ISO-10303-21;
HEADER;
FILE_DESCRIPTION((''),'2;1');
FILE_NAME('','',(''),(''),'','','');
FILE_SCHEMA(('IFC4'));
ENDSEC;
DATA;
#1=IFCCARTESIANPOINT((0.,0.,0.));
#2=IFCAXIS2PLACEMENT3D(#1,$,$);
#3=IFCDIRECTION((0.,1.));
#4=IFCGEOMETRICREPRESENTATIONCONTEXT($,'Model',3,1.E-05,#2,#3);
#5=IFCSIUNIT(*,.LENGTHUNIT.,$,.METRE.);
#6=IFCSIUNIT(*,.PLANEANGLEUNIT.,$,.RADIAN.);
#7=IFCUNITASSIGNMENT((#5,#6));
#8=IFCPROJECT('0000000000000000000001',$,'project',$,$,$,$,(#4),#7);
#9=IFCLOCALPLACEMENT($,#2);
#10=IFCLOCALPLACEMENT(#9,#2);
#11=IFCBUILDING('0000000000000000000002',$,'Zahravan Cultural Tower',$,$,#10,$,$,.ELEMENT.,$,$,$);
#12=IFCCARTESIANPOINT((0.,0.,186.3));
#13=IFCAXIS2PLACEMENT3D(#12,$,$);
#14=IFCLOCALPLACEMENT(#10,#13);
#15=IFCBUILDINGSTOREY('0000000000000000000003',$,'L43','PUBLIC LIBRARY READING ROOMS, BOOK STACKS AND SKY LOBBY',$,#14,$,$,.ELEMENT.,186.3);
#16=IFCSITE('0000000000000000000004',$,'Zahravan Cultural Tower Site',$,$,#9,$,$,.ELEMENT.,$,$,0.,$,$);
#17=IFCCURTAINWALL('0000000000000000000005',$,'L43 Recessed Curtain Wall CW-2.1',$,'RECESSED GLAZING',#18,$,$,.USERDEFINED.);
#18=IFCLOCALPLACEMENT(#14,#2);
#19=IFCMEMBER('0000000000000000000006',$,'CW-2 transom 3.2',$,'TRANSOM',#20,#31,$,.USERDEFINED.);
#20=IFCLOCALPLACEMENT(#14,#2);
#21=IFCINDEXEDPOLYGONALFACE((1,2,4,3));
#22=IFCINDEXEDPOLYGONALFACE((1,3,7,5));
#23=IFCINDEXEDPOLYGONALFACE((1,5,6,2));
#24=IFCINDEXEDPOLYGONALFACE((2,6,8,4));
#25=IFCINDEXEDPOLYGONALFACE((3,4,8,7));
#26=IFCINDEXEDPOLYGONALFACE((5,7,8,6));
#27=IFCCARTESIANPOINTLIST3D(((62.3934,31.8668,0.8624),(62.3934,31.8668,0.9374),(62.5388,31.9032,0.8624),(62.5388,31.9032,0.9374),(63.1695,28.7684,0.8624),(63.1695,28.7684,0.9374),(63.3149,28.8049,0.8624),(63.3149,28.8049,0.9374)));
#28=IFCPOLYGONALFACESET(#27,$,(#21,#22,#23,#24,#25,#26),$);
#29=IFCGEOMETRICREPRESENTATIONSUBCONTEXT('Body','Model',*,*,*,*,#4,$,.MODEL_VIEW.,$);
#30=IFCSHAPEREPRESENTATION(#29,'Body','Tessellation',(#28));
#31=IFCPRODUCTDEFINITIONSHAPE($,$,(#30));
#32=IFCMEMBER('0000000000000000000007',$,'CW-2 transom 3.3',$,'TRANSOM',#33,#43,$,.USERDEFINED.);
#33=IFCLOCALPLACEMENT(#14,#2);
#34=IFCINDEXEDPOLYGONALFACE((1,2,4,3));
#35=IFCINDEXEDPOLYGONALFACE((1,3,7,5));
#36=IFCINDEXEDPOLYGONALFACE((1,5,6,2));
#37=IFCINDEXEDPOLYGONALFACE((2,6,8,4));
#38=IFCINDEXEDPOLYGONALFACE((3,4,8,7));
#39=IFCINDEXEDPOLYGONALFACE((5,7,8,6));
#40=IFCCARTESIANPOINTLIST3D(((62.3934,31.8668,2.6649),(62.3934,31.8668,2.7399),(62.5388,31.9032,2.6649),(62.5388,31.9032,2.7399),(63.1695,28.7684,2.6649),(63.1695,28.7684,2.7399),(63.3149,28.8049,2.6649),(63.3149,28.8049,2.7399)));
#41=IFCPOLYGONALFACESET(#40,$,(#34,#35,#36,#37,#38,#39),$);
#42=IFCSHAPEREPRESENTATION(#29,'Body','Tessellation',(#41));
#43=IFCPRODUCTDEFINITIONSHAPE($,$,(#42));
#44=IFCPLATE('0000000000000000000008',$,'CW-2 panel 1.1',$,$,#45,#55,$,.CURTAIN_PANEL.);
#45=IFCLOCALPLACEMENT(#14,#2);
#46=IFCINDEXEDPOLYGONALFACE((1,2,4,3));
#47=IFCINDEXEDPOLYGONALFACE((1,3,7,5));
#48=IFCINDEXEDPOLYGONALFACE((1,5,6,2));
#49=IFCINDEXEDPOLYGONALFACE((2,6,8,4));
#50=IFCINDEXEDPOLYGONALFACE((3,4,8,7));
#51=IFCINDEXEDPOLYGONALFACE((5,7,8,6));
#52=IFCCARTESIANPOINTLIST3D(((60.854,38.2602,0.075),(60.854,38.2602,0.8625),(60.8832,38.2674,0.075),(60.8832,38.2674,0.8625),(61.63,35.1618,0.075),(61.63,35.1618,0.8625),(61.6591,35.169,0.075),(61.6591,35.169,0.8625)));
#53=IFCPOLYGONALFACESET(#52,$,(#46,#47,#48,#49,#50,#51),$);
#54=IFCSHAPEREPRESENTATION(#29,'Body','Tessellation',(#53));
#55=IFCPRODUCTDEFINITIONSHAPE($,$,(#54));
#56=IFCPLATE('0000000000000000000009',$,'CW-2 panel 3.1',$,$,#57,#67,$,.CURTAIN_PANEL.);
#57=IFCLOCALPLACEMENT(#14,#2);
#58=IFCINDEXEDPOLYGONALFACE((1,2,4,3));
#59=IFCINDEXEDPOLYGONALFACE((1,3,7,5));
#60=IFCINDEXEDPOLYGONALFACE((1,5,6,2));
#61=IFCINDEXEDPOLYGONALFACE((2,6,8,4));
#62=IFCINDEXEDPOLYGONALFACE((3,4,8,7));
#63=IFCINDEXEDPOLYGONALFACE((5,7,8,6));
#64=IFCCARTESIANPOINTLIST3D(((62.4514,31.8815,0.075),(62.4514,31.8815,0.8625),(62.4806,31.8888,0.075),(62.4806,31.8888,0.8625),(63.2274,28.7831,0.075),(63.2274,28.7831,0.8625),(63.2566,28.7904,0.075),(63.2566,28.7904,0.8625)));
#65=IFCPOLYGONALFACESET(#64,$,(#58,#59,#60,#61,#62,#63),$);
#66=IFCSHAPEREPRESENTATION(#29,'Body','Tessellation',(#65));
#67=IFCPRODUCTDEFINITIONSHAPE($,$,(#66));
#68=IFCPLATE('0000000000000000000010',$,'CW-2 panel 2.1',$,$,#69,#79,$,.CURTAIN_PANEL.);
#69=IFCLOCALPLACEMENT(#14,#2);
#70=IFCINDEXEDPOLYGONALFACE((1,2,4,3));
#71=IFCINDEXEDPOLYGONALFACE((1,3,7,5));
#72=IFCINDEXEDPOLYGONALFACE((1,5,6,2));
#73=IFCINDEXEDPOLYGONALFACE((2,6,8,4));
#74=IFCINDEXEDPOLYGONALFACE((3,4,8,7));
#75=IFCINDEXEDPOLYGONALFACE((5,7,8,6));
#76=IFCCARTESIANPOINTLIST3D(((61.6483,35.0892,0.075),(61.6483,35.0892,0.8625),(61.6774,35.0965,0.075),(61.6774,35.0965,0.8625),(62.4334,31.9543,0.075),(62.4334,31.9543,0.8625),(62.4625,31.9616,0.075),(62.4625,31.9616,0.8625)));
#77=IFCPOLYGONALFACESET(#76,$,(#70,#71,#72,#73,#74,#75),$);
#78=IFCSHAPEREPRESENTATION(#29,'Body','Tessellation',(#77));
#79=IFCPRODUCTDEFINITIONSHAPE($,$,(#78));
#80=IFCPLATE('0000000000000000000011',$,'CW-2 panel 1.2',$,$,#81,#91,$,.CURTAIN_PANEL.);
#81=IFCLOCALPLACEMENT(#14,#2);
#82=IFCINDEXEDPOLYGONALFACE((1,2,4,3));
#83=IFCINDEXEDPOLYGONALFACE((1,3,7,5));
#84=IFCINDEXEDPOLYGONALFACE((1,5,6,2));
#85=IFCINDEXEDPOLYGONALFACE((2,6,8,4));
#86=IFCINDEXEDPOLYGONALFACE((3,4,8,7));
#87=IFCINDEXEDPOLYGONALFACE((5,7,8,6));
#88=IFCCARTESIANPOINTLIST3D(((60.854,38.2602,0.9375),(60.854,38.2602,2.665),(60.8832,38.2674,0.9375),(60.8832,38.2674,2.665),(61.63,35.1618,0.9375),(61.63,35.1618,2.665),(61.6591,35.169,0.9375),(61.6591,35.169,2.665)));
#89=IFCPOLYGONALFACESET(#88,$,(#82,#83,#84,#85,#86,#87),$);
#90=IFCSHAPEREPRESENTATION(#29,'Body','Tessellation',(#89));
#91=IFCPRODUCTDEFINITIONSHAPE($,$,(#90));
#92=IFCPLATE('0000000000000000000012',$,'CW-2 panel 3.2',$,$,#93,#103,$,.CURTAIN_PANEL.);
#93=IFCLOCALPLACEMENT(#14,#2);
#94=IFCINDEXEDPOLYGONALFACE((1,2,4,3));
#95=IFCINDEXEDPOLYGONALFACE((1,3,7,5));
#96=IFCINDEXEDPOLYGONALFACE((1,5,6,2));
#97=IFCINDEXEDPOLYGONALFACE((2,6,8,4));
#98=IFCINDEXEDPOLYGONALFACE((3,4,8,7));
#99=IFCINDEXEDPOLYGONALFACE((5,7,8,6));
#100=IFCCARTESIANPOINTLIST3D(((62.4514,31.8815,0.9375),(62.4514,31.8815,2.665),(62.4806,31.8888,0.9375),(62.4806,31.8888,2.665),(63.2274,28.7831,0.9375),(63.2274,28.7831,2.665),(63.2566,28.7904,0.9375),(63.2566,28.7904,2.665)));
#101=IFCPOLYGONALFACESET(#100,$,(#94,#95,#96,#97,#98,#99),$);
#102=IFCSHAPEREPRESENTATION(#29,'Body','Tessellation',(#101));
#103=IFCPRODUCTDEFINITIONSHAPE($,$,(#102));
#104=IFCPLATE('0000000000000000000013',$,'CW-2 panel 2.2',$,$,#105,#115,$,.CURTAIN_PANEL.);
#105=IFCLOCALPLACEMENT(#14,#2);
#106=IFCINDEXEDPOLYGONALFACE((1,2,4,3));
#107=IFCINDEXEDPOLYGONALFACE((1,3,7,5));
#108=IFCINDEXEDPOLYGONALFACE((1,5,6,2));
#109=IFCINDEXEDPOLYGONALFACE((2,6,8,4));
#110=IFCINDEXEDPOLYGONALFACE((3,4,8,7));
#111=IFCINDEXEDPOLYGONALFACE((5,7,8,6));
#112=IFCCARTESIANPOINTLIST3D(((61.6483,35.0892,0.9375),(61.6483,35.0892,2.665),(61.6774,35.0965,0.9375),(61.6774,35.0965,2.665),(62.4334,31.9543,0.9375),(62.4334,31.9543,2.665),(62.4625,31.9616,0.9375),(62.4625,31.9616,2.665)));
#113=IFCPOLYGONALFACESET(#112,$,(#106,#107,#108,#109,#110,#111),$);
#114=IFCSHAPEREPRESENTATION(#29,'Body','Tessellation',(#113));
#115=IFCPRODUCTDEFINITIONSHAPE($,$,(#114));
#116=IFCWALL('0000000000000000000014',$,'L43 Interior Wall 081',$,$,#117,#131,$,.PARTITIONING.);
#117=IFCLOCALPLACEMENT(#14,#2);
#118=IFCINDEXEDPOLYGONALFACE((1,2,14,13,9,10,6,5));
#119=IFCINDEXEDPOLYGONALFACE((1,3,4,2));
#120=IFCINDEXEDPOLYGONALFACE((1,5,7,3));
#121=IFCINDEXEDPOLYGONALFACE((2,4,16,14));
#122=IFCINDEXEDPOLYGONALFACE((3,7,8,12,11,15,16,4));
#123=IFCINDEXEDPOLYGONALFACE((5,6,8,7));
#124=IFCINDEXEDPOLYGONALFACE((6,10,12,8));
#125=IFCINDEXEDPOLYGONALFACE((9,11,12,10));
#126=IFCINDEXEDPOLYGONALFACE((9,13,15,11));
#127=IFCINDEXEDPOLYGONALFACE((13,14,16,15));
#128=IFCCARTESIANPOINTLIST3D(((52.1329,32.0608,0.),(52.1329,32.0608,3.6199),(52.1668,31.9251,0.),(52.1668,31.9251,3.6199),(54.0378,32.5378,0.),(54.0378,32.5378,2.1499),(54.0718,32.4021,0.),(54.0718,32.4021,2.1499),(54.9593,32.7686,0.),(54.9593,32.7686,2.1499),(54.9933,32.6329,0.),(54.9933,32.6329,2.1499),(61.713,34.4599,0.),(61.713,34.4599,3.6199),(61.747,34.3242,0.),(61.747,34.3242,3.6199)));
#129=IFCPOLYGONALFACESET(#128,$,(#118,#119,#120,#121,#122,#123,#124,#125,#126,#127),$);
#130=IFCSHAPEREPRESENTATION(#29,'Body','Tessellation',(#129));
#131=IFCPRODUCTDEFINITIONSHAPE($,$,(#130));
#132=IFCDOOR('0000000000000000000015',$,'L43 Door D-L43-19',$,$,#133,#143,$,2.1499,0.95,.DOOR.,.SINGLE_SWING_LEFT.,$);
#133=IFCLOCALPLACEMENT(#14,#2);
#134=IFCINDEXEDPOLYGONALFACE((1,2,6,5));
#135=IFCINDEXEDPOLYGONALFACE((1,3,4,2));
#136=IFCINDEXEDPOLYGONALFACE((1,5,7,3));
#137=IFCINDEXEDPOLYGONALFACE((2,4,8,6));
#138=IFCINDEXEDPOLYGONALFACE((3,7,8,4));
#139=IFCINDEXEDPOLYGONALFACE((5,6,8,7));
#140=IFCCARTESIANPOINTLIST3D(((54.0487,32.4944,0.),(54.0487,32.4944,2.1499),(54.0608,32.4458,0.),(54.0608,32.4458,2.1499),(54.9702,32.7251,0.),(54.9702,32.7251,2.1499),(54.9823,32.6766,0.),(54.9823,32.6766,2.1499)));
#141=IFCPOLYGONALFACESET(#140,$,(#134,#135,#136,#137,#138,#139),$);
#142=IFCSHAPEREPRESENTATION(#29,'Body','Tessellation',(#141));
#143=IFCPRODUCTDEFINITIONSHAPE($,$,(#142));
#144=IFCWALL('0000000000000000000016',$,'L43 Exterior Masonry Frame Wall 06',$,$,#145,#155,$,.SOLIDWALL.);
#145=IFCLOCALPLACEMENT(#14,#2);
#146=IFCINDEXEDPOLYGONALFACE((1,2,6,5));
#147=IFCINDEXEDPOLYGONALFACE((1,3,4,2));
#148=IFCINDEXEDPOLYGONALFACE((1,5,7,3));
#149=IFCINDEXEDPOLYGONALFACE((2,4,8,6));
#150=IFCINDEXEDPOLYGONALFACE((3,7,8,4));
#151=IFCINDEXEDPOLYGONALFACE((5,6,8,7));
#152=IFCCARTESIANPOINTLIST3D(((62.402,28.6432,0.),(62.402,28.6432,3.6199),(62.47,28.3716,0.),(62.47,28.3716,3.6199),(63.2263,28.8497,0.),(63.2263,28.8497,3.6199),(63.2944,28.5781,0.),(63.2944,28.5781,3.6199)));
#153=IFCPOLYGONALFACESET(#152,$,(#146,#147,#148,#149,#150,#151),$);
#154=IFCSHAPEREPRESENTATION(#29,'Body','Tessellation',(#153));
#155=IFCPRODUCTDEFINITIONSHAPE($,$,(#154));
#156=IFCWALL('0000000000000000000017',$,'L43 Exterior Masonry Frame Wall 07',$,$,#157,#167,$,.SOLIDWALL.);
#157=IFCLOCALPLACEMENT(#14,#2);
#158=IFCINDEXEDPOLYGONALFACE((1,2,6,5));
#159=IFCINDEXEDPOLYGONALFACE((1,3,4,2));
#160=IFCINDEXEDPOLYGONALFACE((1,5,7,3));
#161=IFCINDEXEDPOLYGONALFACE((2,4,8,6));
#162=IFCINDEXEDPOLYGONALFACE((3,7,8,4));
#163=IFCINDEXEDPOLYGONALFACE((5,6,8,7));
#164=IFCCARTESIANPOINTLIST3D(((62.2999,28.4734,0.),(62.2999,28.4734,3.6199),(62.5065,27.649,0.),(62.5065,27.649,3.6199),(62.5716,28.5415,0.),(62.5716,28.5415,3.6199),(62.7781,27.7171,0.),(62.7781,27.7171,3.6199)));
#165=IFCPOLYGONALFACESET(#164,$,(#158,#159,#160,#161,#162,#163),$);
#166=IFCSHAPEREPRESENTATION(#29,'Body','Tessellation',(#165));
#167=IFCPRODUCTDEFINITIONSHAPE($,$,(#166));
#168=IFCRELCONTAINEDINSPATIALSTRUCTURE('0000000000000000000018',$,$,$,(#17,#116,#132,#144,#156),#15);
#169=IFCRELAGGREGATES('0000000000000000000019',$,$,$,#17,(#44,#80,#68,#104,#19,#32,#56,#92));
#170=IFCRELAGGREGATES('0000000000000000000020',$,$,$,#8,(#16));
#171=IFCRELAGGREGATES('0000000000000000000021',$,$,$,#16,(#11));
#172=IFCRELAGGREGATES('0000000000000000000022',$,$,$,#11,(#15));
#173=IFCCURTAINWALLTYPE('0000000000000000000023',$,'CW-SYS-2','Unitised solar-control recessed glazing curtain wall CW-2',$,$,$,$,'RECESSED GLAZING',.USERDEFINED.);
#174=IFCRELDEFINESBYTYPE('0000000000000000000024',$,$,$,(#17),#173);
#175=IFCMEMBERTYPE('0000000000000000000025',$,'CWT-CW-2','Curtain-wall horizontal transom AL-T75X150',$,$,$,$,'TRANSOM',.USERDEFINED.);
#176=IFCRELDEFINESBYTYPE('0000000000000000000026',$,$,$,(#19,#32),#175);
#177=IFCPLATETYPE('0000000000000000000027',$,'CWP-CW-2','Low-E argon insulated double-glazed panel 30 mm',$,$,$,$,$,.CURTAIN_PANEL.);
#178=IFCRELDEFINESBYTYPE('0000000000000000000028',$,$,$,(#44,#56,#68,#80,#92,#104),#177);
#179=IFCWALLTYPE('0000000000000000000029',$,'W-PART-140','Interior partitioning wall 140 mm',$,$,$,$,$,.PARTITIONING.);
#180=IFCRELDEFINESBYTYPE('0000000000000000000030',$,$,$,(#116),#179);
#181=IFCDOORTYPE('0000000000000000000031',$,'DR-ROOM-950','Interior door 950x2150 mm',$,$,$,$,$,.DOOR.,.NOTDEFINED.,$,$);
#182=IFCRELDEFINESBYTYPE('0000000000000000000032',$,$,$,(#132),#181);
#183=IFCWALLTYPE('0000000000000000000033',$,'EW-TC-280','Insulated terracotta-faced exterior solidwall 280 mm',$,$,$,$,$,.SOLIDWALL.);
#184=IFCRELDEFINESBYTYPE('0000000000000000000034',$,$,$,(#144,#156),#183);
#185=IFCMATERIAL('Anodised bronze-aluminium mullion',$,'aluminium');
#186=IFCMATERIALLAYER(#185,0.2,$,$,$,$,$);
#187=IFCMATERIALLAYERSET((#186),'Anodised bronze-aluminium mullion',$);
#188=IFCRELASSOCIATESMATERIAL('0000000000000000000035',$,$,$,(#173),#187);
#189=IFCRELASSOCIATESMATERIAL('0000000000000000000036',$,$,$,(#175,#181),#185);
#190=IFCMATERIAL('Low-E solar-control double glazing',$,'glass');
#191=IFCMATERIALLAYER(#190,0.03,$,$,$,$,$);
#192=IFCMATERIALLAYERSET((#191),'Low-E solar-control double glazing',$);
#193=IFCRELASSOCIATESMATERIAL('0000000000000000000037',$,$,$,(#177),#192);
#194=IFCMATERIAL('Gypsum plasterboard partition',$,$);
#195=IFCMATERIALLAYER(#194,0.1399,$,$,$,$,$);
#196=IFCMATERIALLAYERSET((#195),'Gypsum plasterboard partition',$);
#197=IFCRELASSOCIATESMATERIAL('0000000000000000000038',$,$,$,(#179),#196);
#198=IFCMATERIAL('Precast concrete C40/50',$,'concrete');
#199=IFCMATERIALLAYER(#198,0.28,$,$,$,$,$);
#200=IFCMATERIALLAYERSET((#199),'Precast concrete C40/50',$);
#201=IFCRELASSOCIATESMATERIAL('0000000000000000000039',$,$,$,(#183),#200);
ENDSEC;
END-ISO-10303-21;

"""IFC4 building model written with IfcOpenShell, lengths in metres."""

from ifc_helpers import new_model, si_unit, direction, frame, frame_2d, origin, origin_2d, place, context, subcontext, project, spatial, rectangle, extrude, source, transform, mapped, material, layer, layer_set, material_profile, profile_set, type_object, element, fill, aggregate, save


model = new_model("IFC4")

# Units and contexts
model_context = context("Model", 3, precision=1e-05, world=origin(), true_north=direction((0.0, 1.0)))
body_context = subcontext(model_context, "Body", "Model", "MODEL_VIEW")
ifc_project = project(units=[si_unit("LENGTHUNIT", "METRE"), si_unit("PLANEANGLEUNIT", "RADIAN")], contexts=[model_context])

# Site, building, storey
site_placement = place(None, origin())
site = spatial("IfcSite", under=ifc_project, at=site_placement, Name="Zahravan Cultural Tower Site", CompositionType="ELEMENT", RefElevation=0.0)
building_placement = place(site_placement, origin())
building = spatial("IfcBuilding", under=site, at=building_placement, Name="Zahravan Cultural Tower", CompositionType="ELEMENT")
storey_placement = place(building_placement, frame((0.0, 0.0, 186.3)))
storey = spatial("IfcBuildingStorey", under=building, at=storey_placement, Name="L43", Description="PUBLIC LIBRARY READING ROOMS, BOOK STACKS AND SKY LOBBY", CompositionType="ELEMENT", Elevation=186.3)

# Curtain wall, members, plates
ifc_material_1 = material(Name="Anodised bronze-aluminium mullion", Category="aluminium")
ifc_layer_1 = layer(ifc_material_1, 0.2)
ifc_layer_set_1 = layer_set([ifc_layer_1], Name="Anodised bronze-aluminium mullion")
curtain_wall_type = type_object("IfcCurtainWallType", Name="CW-SYS-2", Description="Unitised solar-control recessed glazing curtain wall CW-2", ElementType="RECESSED GLAZING", PredefinedType="USERDEFINED", material=ifc_layer_set_1)
curtain_wall_placement = place(storey_placement, origin())
curtain_wall = element("IfcCurtainWall", 1, at=curtain_wall_placement, inside=storey, type_object=curtain_wall_type, Name="L43 Recessed Curtain Wall CW-2.1", ObjectType="RECESSED GLAZING", PredefinedType="USERDEFINED")
ifc_material_profile_1 = material_profile(ifc_material_1, rectangle(XDim=0.1499, YDim=0.075, at=origin_2d()), Name="AL-T75X150")
ifc_profile_set_1 = profile_set([ifc_material_profile_1], Name="Anodised bronze-aluminium mullion")
member_type_1 = type_object("IfcMemberType", Name="CWT-CW-2", Description="Curtain-wall horizontal transom AL-T75X150", ElementType="TRANSOM", PredefinedType="USERDEFINED", material=ifc_profile_set_1)
shared_shape_1 = source(origin(), body_context, "Body", "SweptSolid", [
    extrude(rectangle(XDim=0.1499, YDim=0.075, at=origin_2d()), origin(), (0.0, 0.0, 1.0), 3.1941),
])
member_1_placement = place(storey_placement, frame((62.4661, 31.885, 0.8999), z_axis=(0.242985, -0.97003, 0.0), x_axis=(0.97003, 0.242985, 0.0)))
member_1 = element("IfcMember", 2, at=member_1_placement, type_object=member_type_1, Name="CW-2 transom 3.2", ObjectType="TRANSOM", PredefinedType="USERDEFINED", context=body_context, shape_type="MappedRepresentation", body=[
    mapped(shared_shape_1, transform((0.0, 0.0, 0.0), x_axis=(1.0, 0.0, 0.0), y_axis=(0.0, 1.0, 0.0), z_axis=(0.0, 0.0, 1.0), scale=1.0)),
])
member_2_placement = place(storey_placement, frame((62.4661, 31.885, 2.7024), z_axis=(0.242985, -0.97003, 0.0), x_axis=(0.97003, 0.242985, 0.0)))
member_2 = element("IfcMember", 3, at=member_2_placement, type_object=member_type_1, Name="CW-2 transom 3.3", ObjectType="TRANSOM", PredefinedType="USERDEFINED", context=body_context, shape_type="MappedRepresentation", body=[
    mapped(shared_shape_1, transform((0.0, 0.0, 0.0), x_axis=(1.0, 0.0, 0.0), y_axis=(0.0, 1.0, 0.0), z_axis=(0.0, 0.0, 1.0), scale=1.0)),
])
ifc_material_2 = material(Name="Low-E solar-control double glazing", Category="glass")
ifc_layer_2 = layer(ifc_material_2, 0.03)
ifc_layer_set_2 = layer_set([ifc_layer_2], Name="Low-E solar-control double glazing")
plate_type = type_object("IfcPlateType", Name="CWP-CW-2", Description="Low-E argon insulated double-glazed panel 30 mm", PredefinedType="CURTAIN_PANEL", material=ifc_layer_set_2)
shared_shape_2 = source(origin(), body_context, "Body", "SweptSolid", [
    extrude(rectangle(XDim=3.1941, YDim=0.03, at=origin_2d()), origin(), (0.0, 0.0, 1.0), 0.7876),
])
plate_1_placement = place(storey_placement, frame((61.2566, 36.7146, 0.075), z_axis=(0.0, 0.0, 1.0), x_axis=(0.242944, -0.97004, 0.0)))
plate_1 = element("IfcPlate", 4, at=plate_1_placement, type_object=plate_type, Name="CW-2 panel 1.1", PredefinedType="CURTAIN_PANEL", context=body_context, shape_type="MappedRepresentation", body=[
    mapped(shared_shape_2, transform((0.0, 0.0, 0.0), x_axis=(1.0, 0.0, 0.0), y_axis=(0.0, 1.0, 0.0), z_axis=(0.0, 0.0, 1.0), scale=1.0)),
])
plate_2_placement = place(storey_placement, frame((62.854, 30.3359, 0.075), z_axis=(0.0, 0.0, 1.0), x_axis=(0.242944, -0.97004, 0.0)))
plate_2 = element("IfcPlate", 5, at=plate_2_placement, type_object=plate_type, Name="CW-2 panel 3.1", PredefinedType="CURTAIN_PANEL", context=body_context, shape_type="MappedRepresentation", body=[
    mapped(shared_shape_2, transform((0.0, 0.0, 0.0), x_axis=(1.0, 0.0, 0.0), y_axis=(0.0, 1.0, 0.0), z_axis=(0.0, 0.0, 1.0), scale=1.0)),
])
shared_shape_3 = source(origin(), body_context, "Body", "SweptSolid", [
    extrude(rectangle(XDim=3.2317, YDim=0.03, at=origin_2d()), origin(), (0.0, 0.0, 1.0), 0.7876),
])
plate_3_placement = place(storey_placement, frame((62.0554, 33.5254, 0.075), z_axis=(0.0, 0.0, 1.0), x_axis=(0.242944, -0.97004, 0.0)))
plate_3 = element("IfcPlate", 6, at=plate_3_placement, type_object=plate_type, Name="CW-2 panel 2.1", PredefinedType="CURTAIN_PANEL", context=body_context, shape_type="MappedRepresentation", body=[
    mapped(shared_shape_3, transform((0.0, 0.0, 0.0), x_axis=(1.0, 0.0, 0.0), y_axis=(0.0, 1.0, 0.0), z_axis=(0.0, 0.0, 1.0), scale=1.0)),
])
shared_shape_4 = source(origin(), body_context, "Body", "SweptSolid", [
    extrude(rectangle(XDim=3.1941, YDim=0.03, at=origin_2d()), origin(), (0.0, 0.0, 1.0), 1.7275),
])
plate_4_placement = place(storey_placement, frame((61.2566, 36.7146, 0.9375), z_axis=(0.0, 0.0, 1.0), x_axis=(0.242944, -0.97004, 0.0)))
plate_4 = element("IfcPlate", 7, at=plate_4_placement, type_object=plate_type, Name="CW-2 panel 1.2", PredefinedType="CURTAIN_PANEL", context=body_context, shape_type="MappedRepresentation", body=[
    mapped(shared_shape_4, transform((0.0, 0.0, 0.0), x_axis=(1.0, 0.0, 0.0), y_axis=(0.0, 1.0, 0.0), z_axis=(0.0, 0.0, 1.0), scale=1.0)),
])
plate_5_placement = place(storey_placement, frame((62.854, 30.3359, 0.9375), z_axis=(0.0, 0.0, 1.0), x_axis=(0.242944, -0.97004, 0.0)))
plate_5 = element("IfcPlate", 8, at=plate_5_placement, type_object=plate_type, Name="CW-2 panel 3.2", PredefinedType="CURTAIN_PANEL", context=body_context, shape_type="MappedRepresentation", body=[
    mapped(shared_shape_4, transform((0.0, 0.0, 0.0), x_axis=(1.0, 0.0, 0.0), y_axis=(0.0, 1.0, 0.0), z_axis=(0.0, 0.0, 1.0), scale=1.0)),
])
shared_shape_5 = source(origin(), body_context, "Body", "SweptSolid", [
    extrude(rectangle(XDim=3.2317, YDim=0.03, at=origin_2d()), origin(), (0.0, 0.0, 1.0), 1.7275),
])
plate_6_placement = place(storey_placement, frame((62.0554, 33.5254, 0.9375), z_axis=(0.0, 0.0, 1.0), x_axis=(0.242944, -0.97004, 0.0)))
plate_6 = element("IfcPlate", 9, at=plate_6_placement, type_object=plate_type, Name="CW-2 panel 2.2", PredefinedType="CURTAIN_PANEL", context=body_context, shape_type="MappedRepresentation", body=[
    mapped(shared_shape_5, transform((0.0, 0.0, 0.0), x_axis=(1.0, 0.0, 0.0), y_axis=(0.0, 1.0, 0.0), z_axis=(0.0, 0.0, 1.0), scale=1.0)),
])
aggregate(curtain_wall, [plate_1, plate_4, plate_3, plate_6, member_1, member_2, plate_2, plate_5])

# Wall, opening, door
ifc_material_3 = material(Name="Gypsum plasterboard partition")
ifc_layer_3 = layer(ifc_material_3, 0.1399)
ifc_layer_set_3 = layer_set([ifc_layer_3], Name="Gypsum plasterboard partition")
wall_type_1 = type_object("IfcWallType", Name="W-PART-140", Description="Interior partitioning wall 140 mm", PredefinedType="PARTITIONING", material=ifc_layer_set_3)
wall_placement = place(storey_placement, frame((61.73, 34.3921, 0.0), z_axis=(0.0, 0.0, 1.0), x_axis=(-0.970044, -0.242931, 0.0)))
wall = element("IfcWall", 10, at=wall_placement, inside=storey, type_object=wall_type_1, Name="L43 Interior Wall 081", PredefinedType="PARTITIONING", context=body_context, shape_type="SweptSolid", body=[
    extrude(rectangle(XDim=9.876, YDim=0.1399, at=frame_2d((4.938, 0.0))), origin(), (0.0, 0.0, 1.0), 3.6199),
])
opening_placement = place(wall_placement, frame((6.9622, 0.0, 0.0)))
opening = element("IfcOpeningElement", 11, at=opening_placement, cuts=wall, PredefinedType="OPENING", context=body_context, shape_type="SweptSolid", body=[
    extrude(rectangle(XDim=0.95, YDim=2.1499, at=frame_2d((0.4751, 1.075))), frame((0.0, 0.0798, 0.0), z_axis=(0.0, -1.0, 0.0), x_axis=(1.0, 0.0, 0.0)), (0.0, 0.0, 1.0), 0.1599),
])
door_type = type_object("IfcDoorType", Name="DR-ROOM-950", Description="Interior door 950x2150 mm", OperationType="NOTDEFINED", PredefinedType="DOOR", material=ifc_material_1)
shared_shape_6 = source(origin(), body_context, "Body", "SweptSolid", [
    extrude(rectangle(XDim=0.95, YDim=2.1499, at=frame_2d((0.4751, 1.075))), frame((0.0, 0.0249, 0.0), z_axis=(0.0, -1.0, 0.0), x_axis=(1.0, 0.0, 0.0)), (0.0, 0.0, 1.0), 0.05),
])
door_placement = place(opening_placement, origin())
door = element("IfcDoor", 12, at=door_placement, inside=storey, type_object=door_type, Name="L43 Door D-L43-19", OperationType="SINGLE_SWING_LEFT", OverallHeight=2.1499, OverallWidth=0.95, PredefinedType="DOOR", context=body_context, shape_type="MappedRepresentation", body=[
    mapped(shared_shape_6, transform((0.0, 0.0, 0.0), x_axis=(1.0, 0.0, 0.0), y_axis=(0.0, 1.0, 0.0), z_axis=(0.0, 0.0, 1.0), scale=1.0)),
])
fill(opening, door)

# Walls
ifc_material_4 = material(Name="Precast concrete C40/50", Category="concrete")
ifc_layer_4 = layer(ifc_material_4, 0.28)
ifc_layer_set_4 = layer_set([ifc_layer_4], Name="Precast concrete C40/50")
wall_type_2 = type_object("IfcWallType", Name="EW-TC-280", Description="Insulated terracotta-faced exterior solidwall 280 mm", PredefinedType="SOLIDWALL", material=ifc_layer_set_4)
shared_shape_7 = source(origin(), body_context, "Body", "SweptSolid", [
    extrude(rectangle(XDim=0.8499, YDim=0.28, at=frame_2d((0.4248, 0.0))), origin(), (0.0, 0.0, 1.0), 3.6199),
])
for number, where, z_axis, x_axis, name in (
    (13, (63.2603, 28.7139, 0.0), (0.0, 0.0, 1.0), (-0.970024, -0.243009, 0.0), "L43 Exterior Masonry Frame Wall 06"),
    (14, (62.4358, 28.5073, 0.0), (0.0, 0.0, 1.0), (0.243009, -0.970024, 0.0), "L43 Exterior Masonry Frame Wall 07"),
):
    element("IfcWall", number, at=place(storey_placement, frame(where, z_axis=z_axis, x_axis=x_axis)), inside=storey, type_object=wall_type_2, Name=name, PredefinedType="SOLIDWALL", context=body_context, shape_type="MappedRepresentation", body=[
        mapped(shared_shape_7, transform((0.0, 0.0, 0.0), x_axis=(1.0, 0.0, 0.0), y_axis=(0.0, 1.0, 0.0), z_axis=(0.0, 0.0, 1.0), scale=1.0)),
    ])

save(model, "model.ifc")
